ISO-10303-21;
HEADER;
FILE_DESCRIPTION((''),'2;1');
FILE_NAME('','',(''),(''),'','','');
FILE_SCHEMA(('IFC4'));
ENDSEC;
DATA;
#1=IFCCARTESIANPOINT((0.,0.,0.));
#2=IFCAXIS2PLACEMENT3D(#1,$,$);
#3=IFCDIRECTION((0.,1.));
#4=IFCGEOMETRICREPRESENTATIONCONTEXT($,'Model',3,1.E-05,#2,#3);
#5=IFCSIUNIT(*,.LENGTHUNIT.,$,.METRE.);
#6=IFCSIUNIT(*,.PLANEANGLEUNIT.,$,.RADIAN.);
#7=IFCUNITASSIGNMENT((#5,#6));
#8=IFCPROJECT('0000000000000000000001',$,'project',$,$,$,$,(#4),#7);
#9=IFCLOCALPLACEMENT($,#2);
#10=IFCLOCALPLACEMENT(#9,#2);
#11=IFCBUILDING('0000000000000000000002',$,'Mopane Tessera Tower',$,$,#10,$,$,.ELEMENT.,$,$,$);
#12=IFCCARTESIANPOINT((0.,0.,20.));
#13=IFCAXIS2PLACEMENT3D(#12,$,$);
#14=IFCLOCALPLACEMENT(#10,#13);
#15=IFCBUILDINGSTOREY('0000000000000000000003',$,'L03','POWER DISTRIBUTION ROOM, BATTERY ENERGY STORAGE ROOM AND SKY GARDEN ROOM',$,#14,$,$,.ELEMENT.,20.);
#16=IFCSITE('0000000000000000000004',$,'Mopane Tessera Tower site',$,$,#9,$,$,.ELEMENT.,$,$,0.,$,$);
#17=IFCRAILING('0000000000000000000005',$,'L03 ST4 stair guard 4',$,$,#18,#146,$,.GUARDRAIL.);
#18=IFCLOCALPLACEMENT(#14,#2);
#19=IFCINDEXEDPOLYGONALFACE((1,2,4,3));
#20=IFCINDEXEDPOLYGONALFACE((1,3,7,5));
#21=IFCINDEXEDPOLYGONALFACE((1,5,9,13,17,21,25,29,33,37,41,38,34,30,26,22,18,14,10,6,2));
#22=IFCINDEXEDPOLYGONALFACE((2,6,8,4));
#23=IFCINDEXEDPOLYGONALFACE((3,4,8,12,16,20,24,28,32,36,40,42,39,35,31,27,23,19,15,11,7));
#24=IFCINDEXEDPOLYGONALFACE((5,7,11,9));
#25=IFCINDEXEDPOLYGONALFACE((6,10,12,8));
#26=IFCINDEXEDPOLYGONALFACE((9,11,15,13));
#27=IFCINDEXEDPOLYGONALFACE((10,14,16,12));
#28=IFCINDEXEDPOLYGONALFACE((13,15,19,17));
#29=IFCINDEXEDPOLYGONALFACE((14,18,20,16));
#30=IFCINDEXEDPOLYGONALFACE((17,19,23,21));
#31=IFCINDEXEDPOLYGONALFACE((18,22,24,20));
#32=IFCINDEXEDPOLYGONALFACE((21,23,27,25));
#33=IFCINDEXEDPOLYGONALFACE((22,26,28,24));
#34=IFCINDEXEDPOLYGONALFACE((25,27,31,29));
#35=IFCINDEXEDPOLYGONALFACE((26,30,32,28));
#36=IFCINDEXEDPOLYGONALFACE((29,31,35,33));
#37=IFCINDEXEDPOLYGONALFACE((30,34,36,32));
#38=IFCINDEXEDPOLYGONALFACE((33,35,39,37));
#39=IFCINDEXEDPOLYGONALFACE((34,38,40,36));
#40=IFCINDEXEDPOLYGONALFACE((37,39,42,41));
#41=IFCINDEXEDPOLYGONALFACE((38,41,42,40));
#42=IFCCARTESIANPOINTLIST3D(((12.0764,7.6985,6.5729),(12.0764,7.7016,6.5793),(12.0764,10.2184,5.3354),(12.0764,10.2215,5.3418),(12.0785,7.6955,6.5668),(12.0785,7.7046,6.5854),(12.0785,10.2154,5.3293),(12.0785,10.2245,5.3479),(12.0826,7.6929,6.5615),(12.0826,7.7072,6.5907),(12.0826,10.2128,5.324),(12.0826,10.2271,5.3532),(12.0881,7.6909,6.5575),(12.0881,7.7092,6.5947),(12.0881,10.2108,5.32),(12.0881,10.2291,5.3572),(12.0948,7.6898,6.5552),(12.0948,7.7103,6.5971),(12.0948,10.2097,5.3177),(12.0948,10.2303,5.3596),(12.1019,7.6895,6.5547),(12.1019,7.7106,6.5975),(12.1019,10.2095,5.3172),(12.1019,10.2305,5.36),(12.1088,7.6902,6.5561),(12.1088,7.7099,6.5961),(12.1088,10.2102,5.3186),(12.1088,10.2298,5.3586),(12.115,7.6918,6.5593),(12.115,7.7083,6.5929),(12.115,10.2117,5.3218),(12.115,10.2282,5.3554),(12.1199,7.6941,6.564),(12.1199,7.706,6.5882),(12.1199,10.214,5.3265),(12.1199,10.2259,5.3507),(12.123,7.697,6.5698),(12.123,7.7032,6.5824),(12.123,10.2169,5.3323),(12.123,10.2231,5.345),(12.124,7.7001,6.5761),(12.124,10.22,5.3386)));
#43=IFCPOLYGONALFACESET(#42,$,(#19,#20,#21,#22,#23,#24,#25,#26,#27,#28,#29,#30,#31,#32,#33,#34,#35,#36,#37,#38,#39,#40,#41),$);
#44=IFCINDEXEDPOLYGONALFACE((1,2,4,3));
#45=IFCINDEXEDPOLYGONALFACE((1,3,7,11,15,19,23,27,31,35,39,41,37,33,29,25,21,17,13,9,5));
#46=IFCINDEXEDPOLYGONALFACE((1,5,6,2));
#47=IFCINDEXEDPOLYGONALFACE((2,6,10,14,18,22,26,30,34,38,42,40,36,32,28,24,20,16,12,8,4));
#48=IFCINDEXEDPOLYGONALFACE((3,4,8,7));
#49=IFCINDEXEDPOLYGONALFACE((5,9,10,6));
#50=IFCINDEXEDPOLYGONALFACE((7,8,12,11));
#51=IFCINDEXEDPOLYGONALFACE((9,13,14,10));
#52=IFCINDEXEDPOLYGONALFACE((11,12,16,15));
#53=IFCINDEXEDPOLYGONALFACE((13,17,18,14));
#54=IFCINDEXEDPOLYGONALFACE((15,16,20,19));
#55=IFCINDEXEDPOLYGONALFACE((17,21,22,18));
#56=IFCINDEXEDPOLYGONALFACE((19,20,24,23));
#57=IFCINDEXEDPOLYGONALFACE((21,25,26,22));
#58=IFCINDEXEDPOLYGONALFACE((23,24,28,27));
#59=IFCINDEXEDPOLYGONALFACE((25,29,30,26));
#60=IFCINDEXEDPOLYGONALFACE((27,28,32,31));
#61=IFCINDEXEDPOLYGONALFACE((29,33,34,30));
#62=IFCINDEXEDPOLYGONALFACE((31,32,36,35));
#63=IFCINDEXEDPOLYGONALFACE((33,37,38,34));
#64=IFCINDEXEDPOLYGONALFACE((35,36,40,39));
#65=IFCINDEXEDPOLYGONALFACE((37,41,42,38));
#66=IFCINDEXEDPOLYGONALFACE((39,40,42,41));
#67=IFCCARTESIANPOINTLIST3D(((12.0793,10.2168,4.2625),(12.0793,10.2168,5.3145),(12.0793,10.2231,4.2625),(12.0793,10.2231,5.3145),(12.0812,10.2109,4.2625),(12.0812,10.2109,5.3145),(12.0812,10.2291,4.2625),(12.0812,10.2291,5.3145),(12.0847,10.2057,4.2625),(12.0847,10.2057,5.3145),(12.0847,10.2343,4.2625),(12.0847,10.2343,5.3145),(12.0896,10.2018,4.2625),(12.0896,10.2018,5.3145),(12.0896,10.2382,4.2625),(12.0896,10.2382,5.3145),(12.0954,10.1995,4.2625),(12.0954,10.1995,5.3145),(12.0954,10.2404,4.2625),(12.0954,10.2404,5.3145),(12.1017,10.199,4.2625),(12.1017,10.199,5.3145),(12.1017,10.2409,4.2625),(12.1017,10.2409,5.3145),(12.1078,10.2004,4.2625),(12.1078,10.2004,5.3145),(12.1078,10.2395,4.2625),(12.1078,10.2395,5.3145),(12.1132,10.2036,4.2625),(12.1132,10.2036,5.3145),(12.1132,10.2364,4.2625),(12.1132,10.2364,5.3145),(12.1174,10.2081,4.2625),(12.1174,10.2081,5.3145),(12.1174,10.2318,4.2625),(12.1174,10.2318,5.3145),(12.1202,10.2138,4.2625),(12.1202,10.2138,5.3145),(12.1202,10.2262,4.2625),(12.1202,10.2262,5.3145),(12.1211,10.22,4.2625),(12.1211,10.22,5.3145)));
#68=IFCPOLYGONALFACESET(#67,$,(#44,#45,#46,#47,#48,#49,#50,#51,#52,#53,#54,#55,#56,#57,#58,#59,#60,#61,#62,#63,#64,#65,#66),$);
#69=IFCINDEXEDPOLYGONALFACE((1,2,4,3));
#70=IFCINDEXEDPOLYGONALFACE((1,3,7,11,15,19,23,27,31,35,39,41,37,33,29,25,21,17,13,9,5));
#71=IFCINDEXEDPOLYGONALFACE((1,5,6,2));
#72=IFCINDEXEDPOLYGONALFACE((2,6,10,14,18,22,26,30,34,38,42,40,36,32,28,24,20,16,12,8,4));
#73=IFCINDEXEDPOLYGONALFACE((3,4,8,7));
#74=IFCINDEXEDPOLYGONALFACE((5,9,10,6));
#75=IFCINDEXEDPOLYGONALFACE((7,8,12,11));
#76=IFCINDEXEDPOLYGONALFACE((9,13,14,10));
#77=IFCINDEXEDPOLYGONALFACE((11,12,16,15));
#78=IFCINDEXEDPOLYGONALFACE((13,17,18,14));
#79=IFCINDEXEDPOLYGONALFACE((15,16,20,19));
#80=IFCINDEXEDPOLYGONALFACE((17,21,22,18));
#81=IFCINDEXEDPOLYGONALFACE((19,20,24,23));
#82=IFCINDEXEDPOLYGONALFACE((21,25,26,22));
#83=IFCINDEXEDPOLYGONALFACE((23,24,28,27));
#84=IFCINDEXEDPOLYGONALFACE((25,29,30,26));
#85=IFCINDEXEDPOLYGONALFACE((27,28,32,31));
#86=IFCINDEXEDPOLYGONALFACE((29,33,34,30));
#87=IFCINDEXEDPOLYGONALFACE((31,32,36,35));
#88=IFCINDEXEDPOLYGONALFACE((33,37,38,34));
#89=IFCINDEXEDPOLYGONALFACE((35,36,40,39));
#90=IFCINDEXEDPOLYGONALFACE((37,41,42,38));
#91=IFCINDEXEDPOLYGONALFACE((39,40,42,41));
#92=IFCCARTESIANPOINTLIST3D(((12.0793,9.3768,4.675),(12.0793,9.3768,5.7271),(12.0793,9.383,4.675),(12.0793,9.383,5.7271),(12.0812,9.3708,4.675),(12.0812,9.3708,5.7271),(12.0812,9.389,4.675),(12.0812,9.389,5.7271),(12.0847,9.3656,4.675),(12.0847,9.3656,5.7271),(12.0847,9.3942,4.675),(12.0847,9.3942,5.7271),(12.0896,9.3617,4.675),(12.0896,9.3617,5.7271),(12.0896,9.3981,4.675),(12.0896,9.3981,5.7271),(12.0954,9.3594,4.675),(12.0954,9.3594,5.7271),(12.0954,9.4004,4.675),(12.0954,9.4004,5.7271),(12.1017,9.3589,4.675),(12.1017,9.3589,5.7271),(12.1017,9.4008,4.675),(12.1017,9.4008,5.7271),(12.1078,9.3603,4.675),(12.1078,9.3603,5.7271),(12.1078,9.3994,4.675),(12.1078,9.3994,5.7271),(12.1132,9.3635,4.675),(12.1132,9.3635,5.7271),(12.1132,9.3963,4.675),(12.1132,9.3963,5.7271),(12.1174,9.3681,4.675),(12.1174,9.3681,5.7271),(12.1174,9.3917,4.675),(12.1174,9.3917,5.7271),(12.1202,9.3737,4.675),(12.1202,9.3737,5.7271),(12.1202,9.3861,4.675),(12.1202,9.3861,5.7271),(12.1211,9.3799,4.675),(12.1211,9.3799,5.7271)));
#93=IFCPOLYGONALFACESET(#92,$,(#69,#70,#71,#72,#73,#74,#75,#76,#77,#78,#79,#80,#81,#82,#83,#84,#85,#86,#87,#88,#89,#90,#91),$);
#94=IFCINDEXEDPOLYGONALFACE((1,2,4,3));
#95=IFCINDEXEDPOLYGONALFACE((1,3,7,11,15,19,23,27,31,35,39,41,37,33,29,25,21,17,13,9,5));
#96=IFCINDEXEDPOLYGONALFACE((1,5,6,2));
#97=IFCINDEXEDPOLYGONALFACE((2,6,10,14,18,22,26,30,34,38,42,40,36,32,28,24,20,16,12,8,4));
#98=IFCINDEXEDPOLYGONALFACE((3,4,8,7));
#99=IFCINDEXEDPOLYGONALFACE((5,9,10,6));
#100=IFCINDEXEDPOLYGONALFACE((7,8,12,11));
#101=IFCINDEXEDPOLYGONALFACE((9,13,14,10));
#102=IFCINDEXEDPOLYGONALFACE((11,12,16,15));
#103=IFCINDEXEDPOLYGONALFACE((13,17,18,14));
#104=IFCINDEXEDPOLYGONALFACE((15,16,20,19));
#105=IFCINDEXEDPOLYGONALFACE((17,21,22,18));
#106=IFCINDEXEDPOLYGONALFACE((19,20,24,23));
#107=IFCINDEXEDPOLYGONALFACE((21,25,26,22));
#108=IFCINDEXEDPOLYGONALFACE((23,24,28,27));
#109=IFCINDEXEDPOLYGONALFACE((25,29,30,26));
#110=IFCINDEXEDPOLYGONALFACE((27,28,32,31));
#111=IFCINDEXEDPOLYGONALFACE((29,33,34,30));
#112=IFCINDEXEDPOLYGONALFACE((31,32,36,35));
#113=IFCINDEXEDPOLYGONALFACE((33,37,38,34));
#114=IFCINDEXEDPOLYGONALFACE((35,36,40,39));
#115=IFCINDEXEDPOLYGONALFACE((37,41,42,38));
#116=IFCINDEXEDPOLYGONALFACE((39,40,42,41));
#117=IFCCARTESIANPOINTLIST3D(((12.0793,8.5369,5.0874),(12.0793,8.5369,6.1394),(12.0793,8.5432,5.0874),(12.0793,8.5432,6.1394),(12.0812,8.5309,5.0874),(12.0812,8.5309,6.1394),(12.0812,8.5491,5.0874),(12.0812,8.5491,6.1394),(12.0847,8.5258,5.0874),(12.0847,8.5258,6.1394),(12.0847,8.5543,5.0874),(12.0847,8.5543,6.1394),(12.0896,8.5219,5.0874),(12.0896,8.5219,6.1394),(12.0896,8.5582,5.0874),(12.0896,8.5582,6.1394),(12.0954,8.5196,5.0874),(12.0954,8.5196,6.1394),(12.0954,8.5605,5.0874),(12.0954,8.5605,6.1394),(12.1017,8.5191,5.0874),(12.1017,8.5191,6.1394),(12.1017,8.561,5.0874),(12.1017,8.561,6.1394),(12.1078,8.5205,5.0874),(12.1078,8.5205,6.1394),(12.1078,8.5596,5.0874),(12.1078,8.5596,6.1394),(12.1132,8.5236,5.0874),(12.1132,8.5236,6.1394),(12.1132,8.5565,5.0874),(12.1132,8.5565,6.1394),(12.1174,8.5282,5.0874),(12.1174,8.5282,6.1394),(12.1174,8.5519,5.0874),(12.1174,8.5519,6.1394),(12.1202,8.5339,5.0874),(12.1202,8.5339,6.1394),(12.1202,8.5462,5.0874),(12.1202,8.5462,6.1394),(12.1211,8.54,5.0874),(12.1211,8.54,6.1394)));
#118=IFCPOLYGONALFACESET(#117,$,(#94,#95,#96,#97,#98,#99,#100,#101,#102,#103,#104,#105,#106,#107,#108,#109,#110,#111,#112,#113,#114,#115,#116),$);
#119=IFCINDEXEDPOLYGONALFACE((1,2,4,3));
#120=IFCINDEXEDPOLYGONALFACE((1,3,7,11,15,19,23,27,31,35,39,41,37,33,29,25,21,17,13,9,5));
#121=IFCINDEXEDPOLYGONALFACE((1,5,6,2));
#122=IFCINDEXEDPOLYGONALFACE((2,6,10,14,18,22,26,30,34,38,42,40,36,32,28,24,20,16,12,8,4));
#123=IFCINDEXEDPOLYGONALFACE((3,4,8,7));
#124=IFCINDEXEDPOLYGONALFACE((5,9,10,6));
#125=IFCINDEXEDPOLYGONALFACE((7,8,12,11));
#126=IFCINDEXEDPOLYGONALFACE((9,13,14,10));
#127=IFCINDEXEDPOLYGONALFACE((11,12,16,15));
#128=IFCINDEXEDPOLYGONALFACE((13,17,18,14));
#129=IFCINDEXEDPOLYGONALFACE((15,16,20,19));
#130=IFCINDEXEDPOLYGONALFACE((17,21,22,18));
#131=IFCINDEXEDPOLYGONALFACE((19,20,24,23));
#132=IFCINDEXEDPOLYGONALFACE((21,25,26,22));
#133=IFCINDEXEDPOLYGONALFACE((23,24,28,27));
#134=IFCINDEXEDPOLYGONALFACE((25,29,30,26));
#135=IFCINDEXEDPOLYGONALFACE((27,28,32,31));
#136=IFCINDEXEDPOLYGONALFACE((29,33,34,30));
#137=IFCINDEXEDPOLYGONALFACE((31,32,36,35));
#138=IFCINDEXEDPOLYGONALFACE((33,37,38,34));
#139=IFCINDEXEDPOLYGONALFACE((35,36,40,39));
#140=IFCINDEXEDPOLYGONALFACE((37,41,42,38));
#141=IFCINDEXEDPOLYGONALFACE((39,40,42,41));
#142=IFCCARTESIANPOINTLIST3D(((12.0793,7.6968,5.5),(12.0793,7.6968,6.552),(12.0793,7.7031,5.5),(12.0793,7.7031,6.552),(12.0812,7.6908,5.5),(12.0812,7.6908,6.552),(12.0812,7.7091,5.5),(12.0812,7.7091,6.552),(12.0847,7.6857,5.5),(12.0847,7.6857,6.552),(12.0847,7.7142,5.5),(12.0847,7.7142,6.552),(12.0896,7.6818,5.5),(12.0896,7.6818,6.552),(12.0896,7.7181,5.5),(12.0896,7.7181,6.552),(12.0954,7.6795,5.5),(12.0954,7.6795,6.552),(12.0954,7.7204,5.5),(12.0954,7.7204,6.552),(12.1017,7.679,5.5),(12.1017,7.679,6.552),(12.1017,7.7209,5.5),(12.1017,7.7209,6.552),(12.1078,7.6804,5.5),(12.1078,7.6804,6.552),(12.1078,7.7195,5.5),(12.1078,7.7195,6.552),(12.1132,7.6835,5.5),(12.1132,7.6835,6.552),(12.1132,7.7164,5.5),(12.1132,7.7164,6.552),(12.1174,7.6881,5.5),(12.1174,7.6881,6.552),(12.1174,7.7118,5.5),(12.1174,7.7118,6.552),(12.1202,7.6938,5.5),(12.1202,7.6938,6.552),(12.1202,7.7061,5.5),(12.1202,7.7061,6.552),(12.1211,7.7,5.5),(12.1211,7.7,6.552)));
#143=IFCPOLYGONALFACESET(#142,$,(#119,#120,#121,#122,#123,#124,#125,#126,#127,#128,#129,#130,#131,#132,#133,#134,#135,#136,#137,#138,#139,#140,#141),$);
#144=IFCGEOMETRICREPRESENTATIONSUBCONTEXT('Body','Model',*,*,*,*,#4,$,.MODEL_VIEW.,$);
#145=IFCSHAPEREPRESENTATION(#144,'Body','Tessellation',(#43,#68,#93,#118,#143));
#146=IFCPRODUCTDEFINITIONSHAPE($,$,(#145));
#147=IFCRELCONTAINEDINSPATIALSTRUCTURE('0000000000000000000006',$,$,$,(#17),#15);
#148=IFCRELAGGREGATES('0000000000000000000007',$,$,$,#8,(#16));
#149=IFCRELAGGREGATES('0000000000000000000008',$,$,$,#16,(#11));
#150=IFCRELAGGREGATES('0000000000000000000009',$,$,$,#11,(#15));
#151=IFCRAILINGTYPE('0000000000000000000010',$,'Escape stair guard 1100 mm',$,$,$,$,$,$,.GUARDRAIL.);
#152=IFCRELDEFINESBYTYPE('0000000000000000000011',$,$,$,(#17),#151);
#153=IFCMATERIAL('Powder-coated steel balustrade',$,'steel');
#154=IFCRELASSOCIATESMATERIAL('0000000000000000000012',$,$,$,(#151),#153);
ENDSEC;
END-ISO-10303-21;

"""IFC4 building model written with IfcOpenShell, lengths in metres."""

from ifc_helpers import new_model, si_unit, direction, frame, origin, origin_2d, place, context, subcontext, project, spatial, circle, extrude, material, type_object, element, save


model = new_model("IFC4")

# Units and contexts
model_context = context("Model", 3, precision=1e-05, world=origin(), true_north=direction((0.0, 1.0)))
body_context = subcontext(model_context, "Body", "Model", "MODEL_VIEW")
ifc_project = project(units=[si_unit("LENGTHUNIT", "METRE"), si_unit("PLANEANGLEUNIT", "RADIAN")], contexts=[model_context])

# Site, building, storey
site_placement = place(None, origin())
site = spatial("IfcSite", under=ifc_project, at=site_placement, Name="Mopane Tessera Tower site", CompositionType="ELEMENT", RefElevation=0.0)
building_placement = place(site_placement, origin())
building = spatial("IfcBuilding", under=site, at=building_placement, Name="Mopane Tessera Tower", CompositionType="ELEMENT")
storey_placement = place(building_placement, frame((0.0, 0.0, 20.0)))
storey = spatial("IfcBuildingStorey", under=building, at=storey_placement, Name="L03", Description="POWER DISTRIBUTION ROOM, BATTERY ENERGY STORAGE ROOM AND SKY GARDEN ROOM", CompositionType="ELEMENT", Elevation=20.0)

# Railing
ifc_material_1 = material(Name="Powder-coated steel balustrade", Category="steel")
railing_type_1 = type_object("IfcRailingType", Name="Escape stair guard 1100 mm", PredefinedType="GUARDRAIL", material=ifc_material_1)
railing_1_placement = place(storey_placement, frame((12.1001, 10.22, 4.2625)))
element("IfcRailing", 1, at=railing_1_placement, inside=storey, type_object=railing_type_1, Name="L03 ST4 stair guard 4", PredefinedType="GUARDRAIL", context=body_context, shape_type="SweptSolid", body=[
    extrude(circle(Radius=0.0239, at=origin_2d()), frame((0.0, 0.0, 1.0762), z_axis=(0.0, -0.897604, 0.440802), x_axis=(1.0, 0.0, 0.0)), (0.0, 0.0, 1.0), 2.8074),
    extrude(circle(Radius=0.021, at=origin_2d()), origin(), (0.0, 0.0, 1.0), 1.052),
    extrude(circle(Radius=0.021, at=origin_2d()), frame((0.0, -0.8401, 0.4126)), (0.0, 0.0, 1.0), 1.052),
    extrude(circle(Radius=0.021, at=origin_2d()), frame((0.0, -1.6799, 0.825)), (0.0, 0.0, 1.0), 1.052),
    extrude(circle(Radius=0.021, at=origin_2d()), frame((0.0, -2.52, 1.2375)), (0.0, 0.0, 1.0), 1.052),
])

save(model, "model.ifc")
